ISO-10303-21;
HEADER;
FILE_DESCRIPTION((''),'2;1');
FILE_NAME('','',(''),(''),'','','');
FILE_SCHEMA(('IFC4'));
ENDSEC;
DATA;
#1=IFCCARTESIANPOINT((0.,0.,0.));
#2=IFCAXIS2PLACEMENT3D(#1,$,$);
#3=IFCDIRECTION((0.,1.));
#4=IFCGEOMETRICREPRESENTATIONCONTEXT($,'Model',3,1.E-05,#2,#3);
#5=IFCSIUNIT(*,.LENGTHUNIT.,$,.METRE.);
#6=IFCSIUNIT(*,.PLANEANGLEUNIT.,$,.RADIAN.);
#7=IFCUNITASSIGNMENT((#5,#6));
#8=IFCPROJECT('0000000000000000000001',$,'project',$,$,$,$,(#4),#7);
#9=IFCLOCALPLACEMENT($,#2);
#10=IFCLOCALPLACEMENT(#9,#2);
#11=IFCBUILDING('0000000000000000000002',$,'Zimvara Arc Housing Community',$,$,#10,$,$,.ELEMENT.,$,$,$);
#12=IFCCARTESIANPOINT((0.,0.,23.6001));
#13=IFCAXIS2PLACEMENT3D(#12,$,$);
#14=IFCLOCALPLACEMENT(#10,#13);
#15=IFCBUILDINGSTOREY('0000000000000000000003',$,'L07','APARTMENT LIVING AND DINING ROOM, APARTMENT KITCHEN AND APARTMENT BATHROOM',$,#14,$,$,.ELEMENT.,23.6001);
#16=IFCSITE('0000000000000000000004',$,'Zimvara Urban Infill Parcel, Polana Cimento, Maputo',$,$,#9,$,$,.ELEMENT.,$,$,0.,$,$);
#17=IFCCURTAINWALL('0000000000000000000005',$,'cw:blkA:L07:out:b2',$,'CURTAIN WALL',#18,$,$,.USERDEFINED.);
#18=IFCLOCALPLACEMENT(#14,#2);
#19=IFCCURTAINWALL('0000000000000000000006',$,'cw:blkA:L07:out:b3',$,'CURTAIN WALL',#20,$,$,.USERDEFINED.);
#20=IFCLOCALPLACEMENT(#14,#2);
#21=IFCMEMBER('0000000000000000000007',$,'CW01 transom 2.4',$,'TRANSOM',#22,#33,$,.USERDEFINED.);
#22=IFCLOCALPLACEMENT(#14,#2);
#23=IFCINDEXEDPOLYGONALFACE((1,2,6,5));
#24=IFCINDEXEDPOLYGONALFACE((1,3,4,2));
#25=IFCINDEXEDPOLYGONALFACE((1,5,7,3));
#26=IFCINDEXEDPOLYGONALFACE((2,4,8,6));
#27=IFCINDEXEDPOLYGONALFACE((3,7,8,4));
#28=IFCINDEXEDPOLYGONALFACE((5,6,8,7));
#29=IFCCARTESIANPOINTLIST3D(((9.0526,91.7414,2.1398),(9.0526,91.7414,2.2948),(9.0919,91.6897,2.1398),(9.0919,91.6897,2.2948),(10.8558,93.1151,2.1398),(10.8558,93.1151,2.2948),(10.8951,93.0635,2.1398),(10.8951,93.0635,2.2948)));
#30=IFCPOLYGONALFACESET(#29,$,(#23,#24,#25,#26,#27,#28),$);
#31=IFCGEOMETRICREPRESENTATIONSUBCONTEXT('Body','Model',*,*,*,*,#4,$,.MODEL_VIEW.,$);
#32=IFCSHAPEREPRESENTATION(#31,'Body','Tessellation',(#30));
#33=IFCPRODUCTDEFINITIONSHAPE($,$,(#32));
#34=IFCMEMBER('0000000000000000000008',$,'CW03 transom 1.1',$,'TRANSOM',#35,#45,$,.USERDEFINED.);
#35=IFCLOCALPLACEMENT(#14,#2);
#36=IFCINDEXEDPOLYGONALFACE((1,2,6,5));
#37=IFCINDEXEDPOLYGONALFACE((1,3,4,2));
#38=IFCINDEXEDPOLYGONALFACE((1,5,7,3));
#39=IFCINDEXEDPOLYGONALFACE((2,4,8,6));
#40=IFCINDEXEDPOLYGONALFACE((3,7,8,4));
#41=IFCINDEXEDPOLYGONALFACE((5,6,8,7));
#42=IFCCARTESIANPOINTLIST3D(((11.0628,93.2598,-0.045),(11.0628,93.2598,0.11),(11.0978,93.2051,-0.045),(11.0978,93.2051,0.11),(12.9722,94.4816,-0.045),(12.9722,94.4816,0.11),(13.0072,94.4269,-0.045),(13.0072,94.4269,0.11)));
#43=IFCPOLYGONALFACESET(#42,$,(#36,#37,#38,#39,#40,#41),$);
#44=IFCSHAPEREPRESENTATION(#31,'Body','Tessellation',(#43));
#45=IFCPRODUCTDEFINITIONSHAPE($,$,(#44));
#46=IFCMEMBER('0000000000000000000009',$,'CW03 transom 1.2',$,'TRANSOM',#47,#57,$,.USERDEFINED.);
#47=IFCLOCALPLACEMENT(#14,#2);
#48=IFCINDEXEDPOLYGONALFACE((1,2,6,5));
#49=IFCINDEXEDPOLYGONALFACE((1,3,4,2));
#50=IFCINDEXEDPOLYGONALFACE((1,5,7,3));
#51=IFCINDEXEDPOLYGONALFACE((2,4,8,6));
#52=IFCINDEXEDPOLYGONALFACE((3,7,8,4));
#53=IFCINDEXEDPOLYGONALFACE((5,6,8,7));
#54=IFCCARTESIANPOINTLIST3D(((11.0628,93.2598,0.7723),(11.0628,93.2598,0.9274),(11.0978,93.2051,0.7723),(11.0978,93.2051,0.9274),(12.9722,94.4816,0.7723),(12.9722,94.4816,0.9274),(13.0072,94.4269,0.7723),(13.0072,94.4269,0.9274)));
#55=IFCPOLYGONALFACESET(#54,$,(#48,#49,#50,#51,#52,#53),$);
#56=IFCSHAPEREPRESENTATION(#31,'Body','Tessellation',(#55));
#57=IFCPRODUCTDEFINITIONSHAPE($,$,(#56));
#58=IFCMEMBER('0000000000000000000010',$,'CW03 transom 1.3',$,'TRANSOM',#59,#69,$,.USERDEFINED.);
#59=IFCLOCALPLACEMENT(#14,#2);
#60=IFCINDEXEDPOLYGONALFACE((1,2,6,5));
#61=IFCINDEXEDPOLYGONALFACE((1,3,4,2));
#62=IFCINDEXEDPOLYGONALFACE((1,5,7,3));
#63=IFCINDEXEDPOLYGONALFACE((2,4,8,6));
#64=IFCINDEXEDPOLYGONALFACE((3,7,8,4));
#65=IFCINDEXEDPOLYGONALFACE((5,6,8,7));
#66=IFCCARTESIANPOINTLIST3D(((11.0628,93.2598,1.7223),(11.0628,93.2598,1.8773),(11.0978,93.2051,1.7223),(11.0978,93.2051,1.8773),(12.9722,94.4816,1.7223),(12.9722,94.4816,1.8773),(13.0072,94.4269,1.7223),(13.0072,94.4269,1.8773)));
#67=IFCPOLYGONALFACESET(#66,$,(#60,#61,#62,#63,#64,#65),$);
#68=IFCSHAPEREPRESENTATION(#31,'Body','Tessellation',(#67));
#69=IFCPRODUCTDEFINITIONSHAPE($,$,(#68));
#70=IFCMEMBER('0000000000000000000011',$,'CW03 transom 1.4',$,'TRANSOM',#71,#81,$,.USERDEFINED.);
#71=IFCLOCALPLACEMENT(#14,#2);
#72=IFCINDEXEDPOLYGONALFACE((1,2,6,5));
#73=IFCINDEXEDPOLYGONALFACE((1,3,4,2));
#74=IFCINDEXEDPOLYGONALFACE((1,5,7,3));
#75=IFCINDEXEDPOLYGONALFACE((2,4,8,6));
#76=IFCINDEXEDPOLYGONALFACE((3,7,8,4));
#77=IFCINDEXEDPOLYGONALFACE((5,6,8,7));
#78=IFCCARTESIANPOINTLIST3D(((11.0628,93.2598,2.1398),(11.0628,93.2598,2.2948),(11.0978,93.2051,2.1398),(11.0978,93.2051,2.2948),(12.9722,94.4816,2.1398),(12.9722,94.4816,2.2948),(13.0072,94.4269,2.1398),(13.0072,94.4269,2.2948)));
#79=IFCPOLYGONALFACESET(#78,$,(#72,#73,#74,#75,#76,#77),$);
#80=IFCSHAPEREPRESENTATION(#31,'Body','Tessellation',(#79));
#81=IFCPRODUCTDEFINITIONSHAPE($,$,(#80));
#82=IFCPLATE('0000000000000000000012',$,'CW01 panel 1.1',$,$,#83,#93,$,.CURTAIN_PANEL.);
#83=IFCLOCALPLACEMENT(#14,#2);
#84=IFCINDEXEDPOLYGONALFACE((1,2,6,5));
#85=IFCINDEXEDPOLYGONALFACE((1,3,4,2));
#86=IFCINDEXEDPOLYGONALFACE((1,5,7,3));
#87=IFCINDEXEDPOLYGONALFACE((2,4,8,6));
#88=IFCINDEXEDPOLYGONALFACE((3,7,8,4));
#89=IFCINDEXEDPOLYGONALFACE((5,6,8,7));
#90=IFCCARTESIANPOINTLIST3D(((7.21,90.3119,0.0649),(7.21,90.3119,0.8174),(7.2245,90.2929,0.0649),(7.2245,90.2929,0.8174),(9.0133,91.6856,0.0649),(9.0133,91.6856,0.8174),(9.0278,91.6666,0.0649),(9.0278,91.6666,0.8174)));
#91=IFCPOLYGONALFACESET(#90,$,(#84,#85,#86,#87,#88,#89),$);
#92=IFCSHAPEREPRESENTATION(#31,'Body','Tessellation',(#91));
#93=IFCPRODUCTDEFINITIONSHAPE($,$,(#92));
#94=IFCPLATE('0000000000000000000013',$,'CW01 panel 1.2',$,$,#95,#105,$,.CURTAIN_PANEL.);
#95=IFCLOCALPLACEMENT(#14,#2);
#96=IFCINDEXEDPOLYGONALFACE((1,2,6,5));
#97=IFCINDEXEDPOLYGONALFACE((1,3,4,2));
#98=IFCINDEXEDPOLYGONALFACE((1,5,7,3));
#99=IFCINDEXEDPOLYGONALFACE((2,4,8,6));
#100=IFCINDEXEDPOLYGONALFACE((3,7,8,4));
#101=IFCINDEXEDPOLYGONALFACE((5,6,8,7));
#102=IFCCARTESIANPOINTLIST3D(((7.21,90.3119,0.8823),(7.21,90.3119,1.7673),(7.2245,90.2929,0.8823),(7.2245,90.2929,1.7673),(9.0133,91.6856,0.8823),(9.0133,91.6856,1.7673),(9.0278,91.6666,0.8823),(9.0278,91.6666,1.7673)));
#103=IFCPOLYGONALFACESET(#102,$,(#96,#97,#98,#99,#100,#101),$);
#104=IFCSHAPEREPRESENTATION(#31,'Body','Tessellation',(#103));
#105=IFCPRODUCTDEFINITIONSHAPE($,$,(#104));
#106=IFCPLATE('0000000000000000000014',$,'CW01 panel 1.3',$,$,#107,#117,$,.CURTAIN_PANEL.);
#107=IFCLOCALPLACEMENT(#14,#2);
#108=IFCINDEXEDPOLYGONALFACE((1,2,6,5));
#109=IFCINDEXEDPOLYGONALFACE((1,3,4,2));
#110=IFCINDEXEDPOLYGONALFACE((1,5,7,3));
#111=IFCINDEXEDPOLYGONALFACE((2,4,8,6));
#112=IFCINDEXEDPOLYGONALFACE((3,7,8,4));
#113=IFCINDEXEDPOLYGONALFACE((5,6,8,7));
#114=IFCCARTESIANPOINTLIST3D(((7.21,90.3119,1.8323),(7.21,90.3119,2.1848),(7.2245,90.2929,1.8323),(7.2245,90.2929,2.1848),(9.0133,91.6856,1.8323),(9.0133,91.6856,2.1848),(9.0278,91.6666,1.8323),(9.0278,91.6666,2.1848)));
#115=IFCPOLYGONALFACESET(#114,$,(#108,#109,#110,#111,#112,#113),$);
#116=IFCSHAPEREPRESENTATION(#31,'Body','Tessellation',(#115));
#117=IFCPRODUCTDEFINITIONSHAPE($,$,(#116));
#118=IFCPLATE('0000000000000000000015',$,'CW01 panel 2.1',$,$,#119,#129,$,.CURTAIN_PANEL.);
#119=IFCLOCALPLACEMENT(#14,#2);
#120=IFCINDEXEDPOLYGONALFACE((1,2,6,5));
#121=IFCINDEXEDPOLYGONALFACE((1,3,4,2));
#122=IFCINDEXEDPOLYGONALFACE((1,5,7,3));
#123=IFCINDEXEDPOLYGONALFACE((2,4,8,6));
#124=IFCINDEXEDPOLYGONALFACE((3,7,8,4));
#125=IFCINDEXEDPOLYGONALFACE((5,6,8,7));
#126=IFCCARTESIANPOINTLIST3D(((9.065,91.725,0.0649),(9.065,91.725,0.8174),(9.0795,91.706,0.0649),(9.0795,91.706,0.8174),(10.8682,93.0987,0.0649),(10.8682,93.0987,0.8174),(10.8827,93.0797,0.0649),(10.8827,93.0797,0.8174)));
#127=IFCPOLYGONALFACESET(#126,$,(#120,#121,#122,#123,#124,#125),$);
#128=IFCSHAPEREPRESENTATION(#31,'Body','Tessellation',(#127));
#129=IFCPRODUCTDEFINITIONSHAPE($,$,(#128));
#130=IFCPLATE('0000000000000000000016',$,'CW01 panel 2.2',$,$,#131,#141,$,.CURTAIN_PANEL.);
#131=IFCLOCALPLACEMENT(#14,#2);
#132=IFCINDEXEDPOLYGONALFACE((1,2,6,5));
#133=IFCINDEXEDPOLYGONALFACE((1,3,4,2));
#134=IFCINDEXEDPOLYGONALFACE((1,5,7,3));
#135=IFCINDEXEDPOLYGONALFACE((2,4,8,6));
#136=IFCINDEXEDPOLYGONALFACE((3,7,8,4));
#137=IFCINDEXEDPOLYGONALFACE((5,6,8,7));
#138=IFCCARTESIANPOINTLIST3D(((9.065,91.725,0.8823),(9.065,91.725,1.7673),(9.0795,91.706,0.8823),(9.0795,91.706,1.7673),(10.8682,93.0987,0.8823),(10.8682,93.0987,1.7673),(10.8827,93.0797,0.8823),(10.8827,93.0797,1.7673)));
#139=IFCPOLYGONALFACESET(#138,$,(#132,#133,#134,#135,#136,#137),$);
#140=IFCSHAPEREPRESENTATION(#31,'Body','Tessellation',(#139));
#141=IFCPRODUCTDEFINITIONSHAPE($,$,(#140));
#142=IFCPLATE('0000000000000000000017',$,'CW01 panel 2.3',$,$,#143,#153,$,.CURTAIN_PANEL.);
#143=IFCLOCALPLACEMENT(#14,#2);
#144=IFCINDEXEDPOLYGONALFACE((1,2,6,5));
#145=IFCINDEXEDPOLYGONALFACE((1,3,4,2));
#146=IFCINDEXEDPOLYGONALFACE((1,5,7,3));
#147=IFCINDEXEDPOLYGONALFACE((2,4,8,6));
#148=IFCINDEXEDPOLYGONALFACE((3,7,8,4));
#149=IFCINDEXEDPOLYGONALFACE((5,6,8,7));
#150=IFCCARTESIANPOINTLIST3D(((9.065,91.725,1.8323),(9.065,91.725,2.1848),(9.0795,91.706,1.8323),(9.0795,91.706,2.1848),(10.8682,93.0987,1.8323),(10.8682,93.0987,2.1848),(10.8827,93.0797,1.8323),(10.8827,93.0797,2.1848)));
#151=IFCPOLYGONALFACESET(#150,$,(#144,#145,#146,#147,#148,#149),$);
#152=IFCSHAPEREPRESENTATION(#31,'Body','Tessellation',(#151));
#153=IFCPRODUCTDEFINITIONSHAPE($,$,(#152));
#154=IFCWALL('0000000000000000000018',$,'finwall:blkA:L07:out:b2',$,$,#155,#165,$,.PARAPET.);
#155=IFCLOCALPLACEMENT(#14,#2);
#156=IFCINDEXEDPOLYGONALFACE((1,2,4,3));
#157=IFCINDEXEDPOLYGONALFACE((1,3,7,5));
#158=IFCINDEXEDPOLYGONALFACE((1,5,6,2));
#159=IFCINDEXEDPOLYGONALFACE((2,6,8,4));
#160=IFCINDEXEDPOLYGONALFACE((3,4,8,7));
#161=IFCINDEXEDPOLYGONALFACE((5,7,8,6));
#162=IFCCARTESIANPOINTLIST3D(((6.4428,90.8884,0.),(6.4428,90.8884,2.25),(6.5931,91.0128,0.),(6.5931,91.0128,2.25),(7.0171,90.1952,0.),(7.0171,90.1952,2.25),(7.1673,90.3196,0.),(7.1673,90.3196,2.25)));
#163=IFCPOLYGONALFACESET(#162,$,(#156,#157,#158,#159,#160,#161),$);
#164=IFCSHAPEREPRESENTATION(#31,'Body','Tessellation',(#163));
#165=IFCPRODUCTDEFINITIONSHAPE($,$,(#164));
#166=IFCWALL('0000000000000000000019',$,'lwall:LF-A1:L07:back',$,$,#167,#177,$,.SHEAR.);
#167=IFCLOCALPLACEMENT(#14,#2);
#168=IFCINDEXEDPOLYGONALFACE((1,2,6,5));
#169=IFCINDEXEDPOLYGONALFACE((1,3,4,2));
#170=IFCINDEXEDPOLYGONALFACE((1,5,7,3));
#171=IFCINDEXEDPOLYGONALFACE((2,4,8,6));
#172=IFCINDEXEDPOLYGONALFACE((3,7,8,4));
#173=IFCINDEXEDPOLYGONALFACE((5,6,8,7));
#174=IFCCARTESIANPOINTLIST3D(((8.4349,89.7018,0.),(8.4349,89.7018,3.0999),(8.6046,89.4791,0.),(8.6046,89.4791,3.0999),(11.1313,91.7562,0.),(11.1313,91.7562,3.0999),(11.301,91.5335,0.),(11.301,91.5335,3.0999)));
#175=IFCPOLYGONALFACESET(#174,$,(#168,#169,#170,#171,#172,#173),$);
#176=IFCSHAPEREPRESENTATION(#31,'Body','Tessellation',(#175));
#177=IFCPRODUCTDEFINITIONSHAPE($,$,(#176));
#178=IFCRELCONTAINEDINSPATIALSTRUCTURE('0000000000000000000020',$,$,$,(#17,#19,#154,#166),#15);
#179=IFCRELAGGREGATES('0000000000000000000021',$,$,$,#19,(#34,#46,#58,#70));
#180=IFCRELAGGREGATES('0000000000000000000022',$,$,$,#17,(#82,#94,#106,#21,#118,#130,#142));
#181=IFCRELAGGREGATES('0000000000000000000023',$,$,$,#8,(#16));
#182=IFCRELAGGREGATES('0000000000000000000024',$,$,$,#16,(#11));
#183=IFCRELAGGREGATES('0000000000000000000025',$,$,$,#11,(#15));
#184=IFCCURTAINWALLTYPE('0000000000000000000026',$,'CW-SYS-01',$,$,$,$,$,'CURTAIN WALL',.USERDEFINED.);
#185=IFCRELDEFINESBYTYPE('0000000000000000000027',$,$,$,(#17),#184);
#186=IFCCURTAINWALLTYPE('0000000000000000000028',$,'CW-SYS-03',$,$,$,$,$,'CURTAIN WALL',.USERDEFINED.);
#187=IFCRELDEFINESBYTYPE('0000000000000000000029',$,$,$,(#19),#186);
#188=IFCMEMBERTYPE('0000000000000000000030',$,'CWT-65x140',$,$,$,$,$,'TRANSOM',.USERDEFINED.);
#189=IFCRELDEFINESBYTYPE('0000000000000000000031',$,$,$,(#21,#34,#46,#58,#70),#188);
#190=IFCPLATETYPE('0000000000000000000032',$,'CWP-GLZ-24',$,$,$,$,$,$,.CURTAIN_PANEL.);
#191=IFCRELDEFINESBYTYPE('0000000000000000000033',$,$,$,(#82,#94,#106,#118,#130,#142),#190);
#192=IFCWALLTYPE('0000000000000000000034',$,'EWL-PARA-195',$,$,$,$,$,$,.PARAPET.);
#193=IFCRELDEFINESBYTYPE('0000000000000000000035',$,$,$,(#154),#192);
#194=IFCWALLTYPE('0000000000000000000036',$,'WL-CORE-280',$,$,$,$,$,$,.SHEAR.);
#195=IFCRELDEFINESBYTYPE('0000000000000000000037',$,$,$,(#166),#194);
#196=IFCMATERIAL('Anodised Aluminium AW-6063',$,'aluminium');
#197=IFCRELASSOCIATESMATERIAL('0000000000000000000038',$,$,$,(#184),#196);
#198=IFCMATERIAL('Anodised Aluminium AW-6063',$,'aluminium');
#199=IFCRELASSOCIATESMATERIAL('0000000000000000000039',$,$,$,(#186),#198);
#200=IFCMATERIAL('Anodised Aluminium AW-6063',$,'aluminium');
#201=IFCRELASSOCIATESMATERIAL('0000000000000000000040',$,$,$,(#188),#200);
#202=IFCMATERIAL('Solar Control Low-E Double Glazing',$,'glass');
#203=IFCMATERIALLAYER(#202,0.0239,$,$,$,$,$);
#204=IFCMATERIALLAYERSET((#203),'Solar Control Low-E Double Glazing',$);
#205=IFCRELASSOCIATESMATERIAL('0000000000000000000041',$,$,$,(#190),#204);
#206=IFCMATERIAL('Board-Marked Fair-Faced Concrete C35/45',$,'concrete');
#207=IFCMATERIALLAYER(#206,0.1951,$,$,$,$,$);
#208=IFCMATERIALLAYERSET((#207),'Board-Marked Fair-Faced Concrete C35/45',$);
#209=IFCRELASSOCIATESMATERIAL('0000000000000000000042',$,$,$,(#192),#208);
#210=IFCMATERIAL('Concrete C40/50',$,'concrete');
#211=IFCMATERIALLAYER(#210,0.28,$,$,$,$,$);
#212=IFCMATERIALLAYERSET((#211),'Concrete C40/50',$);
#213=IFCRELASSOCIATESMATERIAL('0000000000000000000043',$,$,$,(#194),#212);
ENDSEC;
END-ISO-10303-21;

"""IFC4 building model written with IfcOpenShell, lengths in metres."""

from ifc_helpers import new_model, si_unit, direction, frame, frame_2d, origin, origin_2d, place, context, subcontext, project, spatial, rectangle, extrude, material, layer, layer_set, material_profile, profile_set, type_object, element, aggregate, save


model = new_model("IFC4")

# Units and contexts
model_context = context("Model", 3, precision=1e-05, world=origin(), true_north=direction((0.0, 1.0)))
body_context = subcontext(model_context, "Body", "Model", "MODEL_VIEW")
ifc_project = project(units=[si_unit("LENGTHUNIT", "METRE"), si_unit("PLANEANGLEUNIT", "RADIAN")], contexts=[model_context])

# Site, building, storey
site_placement = place(None, origin())
site = spatial("IfcSite", under=ifc_project, at=site_placement, Name="Zimvara Urban Infill Parcel, Polana Cimento, Maputo", CompositionType="ELEMENT", RefElevation=0.0)
building_placement = place(site_placement, origin())
building = spatial("IfcBuilding", under=site, at=building_placement, Name="Zimvara Arc Housing Community", CompositionType="ELEMENT")
storey_placement = place(building_placement, frame((0.0, 0.0, 23.6001)))
storey = spatial("IfcBuildingStorey", under=building, at=storey_placement, Name="L07", Description="APARTMENT LIVING AND DINING ROOM, APARTMENT KITCHEN AND APARTMENT BATHROOM", CompositionType="ELEMENT", Elevation=23.6001)

# Curtain wall
ifc_material_1 = material(Name="Anodised Aluminium AW-6063", Category="aluminium")
curtain_wall_type_1 = type_object("IfcCurtainWallType", Name="CW-SYS-01", ElementType="CURTAIN WALL", PredefinedType="USERDEFINED", material=ifc_material_1)
curtain_wall_1_placement = place(storey_placement, origin())
curtain_wall_1 = element("IfcCurtainWall", 1, at=curtain_wall_1_placement, inside=storey, type_object=curtain_wall_type_1, Name="cw:blkA:L07:out:b2", ObjectType="CURTAIN WALL", PredefinedType="USERDEFINED")

# Curtain wall
ifc_material_2 = material(Name="Anodised Aluminium AW-6063", Category="aluminium")
curtain_wall_type_2 = type_object("IfcCurtainWallType", Name="CW-SYS-03", ElementType="CURTAIN WALL", PredefinedType="USERDEFINED", material=ifc_material_2)
curtain_wall_2_placement = place(storey_placement, origin())
curtain_wall_2 = element("IfcCurtainWall", 2, at=curtain_wall_2_placement, inside=storey, type_object=curtain_wall_type_2, Name="cw:blkA:L07:out:b3", ObjectType="CURTAIN WALL", PredefinedType="USERDEFINED")

# Members
ifc_material_3 = material(Name="Anodised Aluminium AW-6063", Category="aluminium")
ifc_material_profile_1 = material_profile(ifc_material_3, rectangle(XDim=0.0649, YDim=0.155, at=origin_2d()), Name="ALU 65x155")
ifc_profile_set_1 = profile_set([ifc_material_profile_1], Name="Anodised Aluminium AW-6063")
member_type_1 = type_object("IfcMemberType", Name="CWT-65x140", ElementType="TRANSOM", PredefinedType="USERDEFINED", material=ifc_profile_set_1)
member_1_placement = place(storey_placement, frame((9.0723, 91.7156, 2.2173), z_axis=(0.795454, 0.606014, 0.0), x_axis=(-0.606014, 0.795454, 0.0)))
member_1 = element("IfcMember", 3, at=member_1_placement, type_object=member_type_1, Name="CW01 transom 2.4", ObjectType="TRANSOM", PredefinedType="USERDEFINED", context=body_context, shape_type="SweptSolid", body=[
    extrude(rectangle(XDim=0.0649, YDim=0.155, at=origin_2d()), origin(), (0.0, 0.0, 1.0), 2.2668),
])
member_2_placement = place(storey_placement, frame((11.0803, 93.2324, 0.0325), z_axis=(0.842293, 0.53902, 0.0), x_axis=(-0.53902, 0.842293, 0.0)))
member_2 = element("IfcMember", 4, at=member_2_placement, type_object=member_type_1, Name="CW03 transom 1.1", ObjectType="TRANSOM", PredefinedType="USERDEFINED", context=body_context, shape_type="SweptSolid", body=[
    extrude(rectangle(XDim=0.0649, YDim=0.155, at=origin_2d()), origin(), (0.0, 0.0, 1.0), 2.2668),
])
member_3_placement = place(storey_placement, frame((11.0803, 93.2324, 0.8499), z_axis=(0.842293, 0.53902, 0.0), x_axis=(-0.53902, 0.842293, 0.0)))
member_3 = element("IfcMember", 5, at=member_3_placement, type_object=member_type_1, Name="CW03 transom 1.2", ObjectType="TRANSOM", PredefinedType="USERDEFINED", context=body_context, shape_type="SweptSolid", body=[
    extrude(rectangle(XDim=0.0649, YDim=0.155, at=origin_2d()), origin(), (0.0, 0.0, 1.0), 2.2668),
])
member_4_placement = place(storey_placement, frame((11.0803, 93.2324, 1.7998), z_axis=(0.842293, 0.53902, 0.0), x_axis=(-0.53902, 0.842293, 0.0)))
member_4 = element("IfcMember", 6, at=member_4_placement, type_object=member_type_1, Name="CW03 transom 1.3", ObjectType="TRANSOM", PredefinedType="USERDEFINED", context=body_context, shape_type="SweptSolid", body=[
    extrude(rectangle(XDim=0.0649, YDim=0.155, at=origin_2d()), origin(), (0.0, 0.0, 1.0), 2.2668),
])
member_5_placement = place(storey_placement, frame((11.0803, 93.2324, 2.2173), z_axis=(0.842293, 0.53902, 0.0), x_axis=(-0.53902, 0.842293, 0.0)))
member_5 = element("IfcMember", 7, at=member_5_placement, type_object=member_type_1, Name="CW03 transom 1.4", ObjectType="TRANSOM", PredefinedType="USERDEFINED", context=body_context, shape_type="SweptSolid", body=[
    extrude(rectangle(XDim=0.0649, YDim=0.155, at=origin_2d()), origin(), (0.0, 0.0, 1.0), 2.2668),
])
aggregate(curtain_wall_2, [member_2, member_3, member_4, member_5])

# Plates
ifc_material_4 = material(Name="Solar Control Low-E Double Glazing", Category="glass")
ifc_layer_1 = layer(ifc_material_4, 0.0239)
ifc_layer_set_1 = layer_set([ifc_layer_1], Name="Solar Control Low-E Double Glazing")
plate_type = type_object("IfcPlateType", Name="CWP-GLZ-24", PredefinedType="CURTAIN_PANEL", material=ifc_layer_set_1)
plate_1_placement = place(storey_placement, frame((8.1189, 90.9893, 0.0649), z_axis=(0.0, 0.0, 1.0), x_axis=(0.795474, 0.605988, 0.0)))
plate_1 = element("IfcPlate", 8, at=plate_1_placement, type_object=plate_type, Name="CW01 panel 1.1", PredefinedType="CURTAIN_PANEL", context=body_context, shape_type="SweptSolid", body=[
    extrude(rectangle(XDim=2.2668, YDim=0.0239, at=origin_2d()), origin(), (0.0, 0.0, 1.0), 0.7524),
])
plate_2_placement = place(storey_placement, frame((8.1189, 90.9893, 0.8823), z_axis=(0.0, 0.0, 1.0), x_axis=(0.795474, 0.605988, 0.0)))
plate_2 = element("IfcPlate", 9, at=plate_2_placement, type_object=plate_type, Name="CW01 panel 1.2", PredefinedType="CURTAIN_PANEL", context=body_context, shape_type="SweptSolid", body=[
    extrude(rectangle(XDim=2.2668, YDim=0.0239, at=origin_2d()), origin(), (0.0, 0.0, 1.0), 0.885),
])
plate_3_placement = place(storey_placement, frame((8.1189, 90.9893, 1.8323), z_axis=(0.0, 0.0, 1.0), x_axis=(0.795474, 0.605988, 0.0)))
plate_3 = element("IfcPlate", 10, at=plate_3_placement, type_object=plate_type, Name="CW01 panel 1.3", PredefinedType="CURTAIN_PANEL", context=body_context, shape_type="SweptSolid", body=[
    extrude(rectangle(XDim=2.2668, YDim=0.0239, at=origin_2d()), origin(), (0.0, 0.0, 1.0), 0.3525),
])
plate_4_placement = place(storey_placement, frame((9.9739, 92.4023, 0.0649), z_axis=(0.0, 0.0, 1.0), x_axis=(0.795474, 0.605988, 0.0)))
plate_4 = element("IfcPlate", 11, at=plate_4_placement, type_object=plate_type, Name="CW01 panel 2.1", PredefinedType="CURTAIN_PANEL", context=body_context, shape_type="SweptSolid", body=[
    extrude(rectangle(XDim=2.2668, YDim=0.0239, at=origin_2d()), origin(), (0.0, 0.0, 1.0), 0.7524),
])
plate_5_placement = place(storey_placement, frame((9.9739, 92.4023, 0.8823), z_axis=(0.0, 0.0, 1.0), x_axis=(0.795474, 0.605988, 0.0)))
plate_5 = element("IfcPlate", 12, at=plate_5_placement, type_object=plate_type, Name="CW01 panel 2.2", PredefinedType="CURTAIN_PANEL", context=body_context, shape_type="SweptSolid", body=[
    extrude(rectangle(XDim=2.2668, YDim=0.0239, at=origin_2d()), origin(), (0.0, 0.0, 1.0), 0.885),
])
plate_6_placement = place(storey_placement, frame((9.9739, 92.4023, 1.8323), z_axis=(0.0, 0.0, 1.0), x_axis=(0.795474, 0.605988, 0.0)))
plate_6 = element("IfcPlate", 13, at=plate_6_placement, type_object=plate_type, Name="CW01 panel 2.3", PredefinedType="CURTAIN_PANEL", context=body_context, shape_type="SweptSolid", body=[
    extrude(rectangle(XDim=2.2668, YDim=0.0239, at=origin_2d()), origin(), (0.0, 0.0, 1.0), 0.3525),
])
aggregate(curtain_wall_1, [plate_1, plate_2, plate_3, member_1, plate_4, plate_5, plate_6])

# Walls
ifc_material_5 = material(Name="Board-Marked Fair-Faced Concrete C35/45", Category="concrete")
ifc_layer_2 = layer(ifc_material_5, 0.1951)
ifc_layer_set_2 = layer_set([ifc_layer_2], Name="Board-Marked Fair-Faced Concrete C35/45")
wall_type_1 = type_object("IfcWallType", Name="EWL-PARA-195", PredefinedType="PARAPET", material=ifc_layer_set_2)
wall_1_placement = place(storey_placement, frame((7.0923, 90.2573, 0.0), z_axis=(0.0, 0.0, 1.0), x_axis=(-0.637967, 0.770063, 0.0)))
element("IfcWall", 14, at=wall_1_placement, inside=storey, type_object=wall_type_1, Name="finwall:blkA:L07:out:b2", PredefinedType="PARAPET", context=body_context, shape_type="SweptSolid", body=[
    extrude(rectangle(XDim=0.9001, YDim=0.1951, at=frame_2d((0.4502, 0.0))), origin(), (0.0, 0.0, 1.0), 2.25),
])
ifc_material_6 = material(Name="Concrete C40/50", Category="concrete")
ifc_layer_3 = layer(ifc_material_6, 0.28)
ifc_layer_set_3 = layer_set([ifc_layer_3], Name="Concrete C40/50")
wall_type_2 = type_object("IfcWallType", Name="WL-CORE-280", PredefinedType="SHEAR", material=ifc_layer_set_3)
wall_2_placement = place(storey_placement, frame((11.2161, 91.6448, 0.0), z_axis=(0.0, 0.0, 1.0), x_axis=(-0.79544, -0.606032, 0.0)))
element("IfcWall", 15, at=wall_2_placement, inside=storey, type_object=wall_type_2, Name="lwall:LF-A1:L07:back", PredefinedType="SHEAR", context=body_context, shape_type="SweptSolid", body=[
    extrude(rectangle(XDim=3.3899, YDim=0.28, at=frame_2d((1.6948, 0.0))), origin(), (0.0, 0.0, 1.0), 3.0999),
])

save(model, "model.ifc")
